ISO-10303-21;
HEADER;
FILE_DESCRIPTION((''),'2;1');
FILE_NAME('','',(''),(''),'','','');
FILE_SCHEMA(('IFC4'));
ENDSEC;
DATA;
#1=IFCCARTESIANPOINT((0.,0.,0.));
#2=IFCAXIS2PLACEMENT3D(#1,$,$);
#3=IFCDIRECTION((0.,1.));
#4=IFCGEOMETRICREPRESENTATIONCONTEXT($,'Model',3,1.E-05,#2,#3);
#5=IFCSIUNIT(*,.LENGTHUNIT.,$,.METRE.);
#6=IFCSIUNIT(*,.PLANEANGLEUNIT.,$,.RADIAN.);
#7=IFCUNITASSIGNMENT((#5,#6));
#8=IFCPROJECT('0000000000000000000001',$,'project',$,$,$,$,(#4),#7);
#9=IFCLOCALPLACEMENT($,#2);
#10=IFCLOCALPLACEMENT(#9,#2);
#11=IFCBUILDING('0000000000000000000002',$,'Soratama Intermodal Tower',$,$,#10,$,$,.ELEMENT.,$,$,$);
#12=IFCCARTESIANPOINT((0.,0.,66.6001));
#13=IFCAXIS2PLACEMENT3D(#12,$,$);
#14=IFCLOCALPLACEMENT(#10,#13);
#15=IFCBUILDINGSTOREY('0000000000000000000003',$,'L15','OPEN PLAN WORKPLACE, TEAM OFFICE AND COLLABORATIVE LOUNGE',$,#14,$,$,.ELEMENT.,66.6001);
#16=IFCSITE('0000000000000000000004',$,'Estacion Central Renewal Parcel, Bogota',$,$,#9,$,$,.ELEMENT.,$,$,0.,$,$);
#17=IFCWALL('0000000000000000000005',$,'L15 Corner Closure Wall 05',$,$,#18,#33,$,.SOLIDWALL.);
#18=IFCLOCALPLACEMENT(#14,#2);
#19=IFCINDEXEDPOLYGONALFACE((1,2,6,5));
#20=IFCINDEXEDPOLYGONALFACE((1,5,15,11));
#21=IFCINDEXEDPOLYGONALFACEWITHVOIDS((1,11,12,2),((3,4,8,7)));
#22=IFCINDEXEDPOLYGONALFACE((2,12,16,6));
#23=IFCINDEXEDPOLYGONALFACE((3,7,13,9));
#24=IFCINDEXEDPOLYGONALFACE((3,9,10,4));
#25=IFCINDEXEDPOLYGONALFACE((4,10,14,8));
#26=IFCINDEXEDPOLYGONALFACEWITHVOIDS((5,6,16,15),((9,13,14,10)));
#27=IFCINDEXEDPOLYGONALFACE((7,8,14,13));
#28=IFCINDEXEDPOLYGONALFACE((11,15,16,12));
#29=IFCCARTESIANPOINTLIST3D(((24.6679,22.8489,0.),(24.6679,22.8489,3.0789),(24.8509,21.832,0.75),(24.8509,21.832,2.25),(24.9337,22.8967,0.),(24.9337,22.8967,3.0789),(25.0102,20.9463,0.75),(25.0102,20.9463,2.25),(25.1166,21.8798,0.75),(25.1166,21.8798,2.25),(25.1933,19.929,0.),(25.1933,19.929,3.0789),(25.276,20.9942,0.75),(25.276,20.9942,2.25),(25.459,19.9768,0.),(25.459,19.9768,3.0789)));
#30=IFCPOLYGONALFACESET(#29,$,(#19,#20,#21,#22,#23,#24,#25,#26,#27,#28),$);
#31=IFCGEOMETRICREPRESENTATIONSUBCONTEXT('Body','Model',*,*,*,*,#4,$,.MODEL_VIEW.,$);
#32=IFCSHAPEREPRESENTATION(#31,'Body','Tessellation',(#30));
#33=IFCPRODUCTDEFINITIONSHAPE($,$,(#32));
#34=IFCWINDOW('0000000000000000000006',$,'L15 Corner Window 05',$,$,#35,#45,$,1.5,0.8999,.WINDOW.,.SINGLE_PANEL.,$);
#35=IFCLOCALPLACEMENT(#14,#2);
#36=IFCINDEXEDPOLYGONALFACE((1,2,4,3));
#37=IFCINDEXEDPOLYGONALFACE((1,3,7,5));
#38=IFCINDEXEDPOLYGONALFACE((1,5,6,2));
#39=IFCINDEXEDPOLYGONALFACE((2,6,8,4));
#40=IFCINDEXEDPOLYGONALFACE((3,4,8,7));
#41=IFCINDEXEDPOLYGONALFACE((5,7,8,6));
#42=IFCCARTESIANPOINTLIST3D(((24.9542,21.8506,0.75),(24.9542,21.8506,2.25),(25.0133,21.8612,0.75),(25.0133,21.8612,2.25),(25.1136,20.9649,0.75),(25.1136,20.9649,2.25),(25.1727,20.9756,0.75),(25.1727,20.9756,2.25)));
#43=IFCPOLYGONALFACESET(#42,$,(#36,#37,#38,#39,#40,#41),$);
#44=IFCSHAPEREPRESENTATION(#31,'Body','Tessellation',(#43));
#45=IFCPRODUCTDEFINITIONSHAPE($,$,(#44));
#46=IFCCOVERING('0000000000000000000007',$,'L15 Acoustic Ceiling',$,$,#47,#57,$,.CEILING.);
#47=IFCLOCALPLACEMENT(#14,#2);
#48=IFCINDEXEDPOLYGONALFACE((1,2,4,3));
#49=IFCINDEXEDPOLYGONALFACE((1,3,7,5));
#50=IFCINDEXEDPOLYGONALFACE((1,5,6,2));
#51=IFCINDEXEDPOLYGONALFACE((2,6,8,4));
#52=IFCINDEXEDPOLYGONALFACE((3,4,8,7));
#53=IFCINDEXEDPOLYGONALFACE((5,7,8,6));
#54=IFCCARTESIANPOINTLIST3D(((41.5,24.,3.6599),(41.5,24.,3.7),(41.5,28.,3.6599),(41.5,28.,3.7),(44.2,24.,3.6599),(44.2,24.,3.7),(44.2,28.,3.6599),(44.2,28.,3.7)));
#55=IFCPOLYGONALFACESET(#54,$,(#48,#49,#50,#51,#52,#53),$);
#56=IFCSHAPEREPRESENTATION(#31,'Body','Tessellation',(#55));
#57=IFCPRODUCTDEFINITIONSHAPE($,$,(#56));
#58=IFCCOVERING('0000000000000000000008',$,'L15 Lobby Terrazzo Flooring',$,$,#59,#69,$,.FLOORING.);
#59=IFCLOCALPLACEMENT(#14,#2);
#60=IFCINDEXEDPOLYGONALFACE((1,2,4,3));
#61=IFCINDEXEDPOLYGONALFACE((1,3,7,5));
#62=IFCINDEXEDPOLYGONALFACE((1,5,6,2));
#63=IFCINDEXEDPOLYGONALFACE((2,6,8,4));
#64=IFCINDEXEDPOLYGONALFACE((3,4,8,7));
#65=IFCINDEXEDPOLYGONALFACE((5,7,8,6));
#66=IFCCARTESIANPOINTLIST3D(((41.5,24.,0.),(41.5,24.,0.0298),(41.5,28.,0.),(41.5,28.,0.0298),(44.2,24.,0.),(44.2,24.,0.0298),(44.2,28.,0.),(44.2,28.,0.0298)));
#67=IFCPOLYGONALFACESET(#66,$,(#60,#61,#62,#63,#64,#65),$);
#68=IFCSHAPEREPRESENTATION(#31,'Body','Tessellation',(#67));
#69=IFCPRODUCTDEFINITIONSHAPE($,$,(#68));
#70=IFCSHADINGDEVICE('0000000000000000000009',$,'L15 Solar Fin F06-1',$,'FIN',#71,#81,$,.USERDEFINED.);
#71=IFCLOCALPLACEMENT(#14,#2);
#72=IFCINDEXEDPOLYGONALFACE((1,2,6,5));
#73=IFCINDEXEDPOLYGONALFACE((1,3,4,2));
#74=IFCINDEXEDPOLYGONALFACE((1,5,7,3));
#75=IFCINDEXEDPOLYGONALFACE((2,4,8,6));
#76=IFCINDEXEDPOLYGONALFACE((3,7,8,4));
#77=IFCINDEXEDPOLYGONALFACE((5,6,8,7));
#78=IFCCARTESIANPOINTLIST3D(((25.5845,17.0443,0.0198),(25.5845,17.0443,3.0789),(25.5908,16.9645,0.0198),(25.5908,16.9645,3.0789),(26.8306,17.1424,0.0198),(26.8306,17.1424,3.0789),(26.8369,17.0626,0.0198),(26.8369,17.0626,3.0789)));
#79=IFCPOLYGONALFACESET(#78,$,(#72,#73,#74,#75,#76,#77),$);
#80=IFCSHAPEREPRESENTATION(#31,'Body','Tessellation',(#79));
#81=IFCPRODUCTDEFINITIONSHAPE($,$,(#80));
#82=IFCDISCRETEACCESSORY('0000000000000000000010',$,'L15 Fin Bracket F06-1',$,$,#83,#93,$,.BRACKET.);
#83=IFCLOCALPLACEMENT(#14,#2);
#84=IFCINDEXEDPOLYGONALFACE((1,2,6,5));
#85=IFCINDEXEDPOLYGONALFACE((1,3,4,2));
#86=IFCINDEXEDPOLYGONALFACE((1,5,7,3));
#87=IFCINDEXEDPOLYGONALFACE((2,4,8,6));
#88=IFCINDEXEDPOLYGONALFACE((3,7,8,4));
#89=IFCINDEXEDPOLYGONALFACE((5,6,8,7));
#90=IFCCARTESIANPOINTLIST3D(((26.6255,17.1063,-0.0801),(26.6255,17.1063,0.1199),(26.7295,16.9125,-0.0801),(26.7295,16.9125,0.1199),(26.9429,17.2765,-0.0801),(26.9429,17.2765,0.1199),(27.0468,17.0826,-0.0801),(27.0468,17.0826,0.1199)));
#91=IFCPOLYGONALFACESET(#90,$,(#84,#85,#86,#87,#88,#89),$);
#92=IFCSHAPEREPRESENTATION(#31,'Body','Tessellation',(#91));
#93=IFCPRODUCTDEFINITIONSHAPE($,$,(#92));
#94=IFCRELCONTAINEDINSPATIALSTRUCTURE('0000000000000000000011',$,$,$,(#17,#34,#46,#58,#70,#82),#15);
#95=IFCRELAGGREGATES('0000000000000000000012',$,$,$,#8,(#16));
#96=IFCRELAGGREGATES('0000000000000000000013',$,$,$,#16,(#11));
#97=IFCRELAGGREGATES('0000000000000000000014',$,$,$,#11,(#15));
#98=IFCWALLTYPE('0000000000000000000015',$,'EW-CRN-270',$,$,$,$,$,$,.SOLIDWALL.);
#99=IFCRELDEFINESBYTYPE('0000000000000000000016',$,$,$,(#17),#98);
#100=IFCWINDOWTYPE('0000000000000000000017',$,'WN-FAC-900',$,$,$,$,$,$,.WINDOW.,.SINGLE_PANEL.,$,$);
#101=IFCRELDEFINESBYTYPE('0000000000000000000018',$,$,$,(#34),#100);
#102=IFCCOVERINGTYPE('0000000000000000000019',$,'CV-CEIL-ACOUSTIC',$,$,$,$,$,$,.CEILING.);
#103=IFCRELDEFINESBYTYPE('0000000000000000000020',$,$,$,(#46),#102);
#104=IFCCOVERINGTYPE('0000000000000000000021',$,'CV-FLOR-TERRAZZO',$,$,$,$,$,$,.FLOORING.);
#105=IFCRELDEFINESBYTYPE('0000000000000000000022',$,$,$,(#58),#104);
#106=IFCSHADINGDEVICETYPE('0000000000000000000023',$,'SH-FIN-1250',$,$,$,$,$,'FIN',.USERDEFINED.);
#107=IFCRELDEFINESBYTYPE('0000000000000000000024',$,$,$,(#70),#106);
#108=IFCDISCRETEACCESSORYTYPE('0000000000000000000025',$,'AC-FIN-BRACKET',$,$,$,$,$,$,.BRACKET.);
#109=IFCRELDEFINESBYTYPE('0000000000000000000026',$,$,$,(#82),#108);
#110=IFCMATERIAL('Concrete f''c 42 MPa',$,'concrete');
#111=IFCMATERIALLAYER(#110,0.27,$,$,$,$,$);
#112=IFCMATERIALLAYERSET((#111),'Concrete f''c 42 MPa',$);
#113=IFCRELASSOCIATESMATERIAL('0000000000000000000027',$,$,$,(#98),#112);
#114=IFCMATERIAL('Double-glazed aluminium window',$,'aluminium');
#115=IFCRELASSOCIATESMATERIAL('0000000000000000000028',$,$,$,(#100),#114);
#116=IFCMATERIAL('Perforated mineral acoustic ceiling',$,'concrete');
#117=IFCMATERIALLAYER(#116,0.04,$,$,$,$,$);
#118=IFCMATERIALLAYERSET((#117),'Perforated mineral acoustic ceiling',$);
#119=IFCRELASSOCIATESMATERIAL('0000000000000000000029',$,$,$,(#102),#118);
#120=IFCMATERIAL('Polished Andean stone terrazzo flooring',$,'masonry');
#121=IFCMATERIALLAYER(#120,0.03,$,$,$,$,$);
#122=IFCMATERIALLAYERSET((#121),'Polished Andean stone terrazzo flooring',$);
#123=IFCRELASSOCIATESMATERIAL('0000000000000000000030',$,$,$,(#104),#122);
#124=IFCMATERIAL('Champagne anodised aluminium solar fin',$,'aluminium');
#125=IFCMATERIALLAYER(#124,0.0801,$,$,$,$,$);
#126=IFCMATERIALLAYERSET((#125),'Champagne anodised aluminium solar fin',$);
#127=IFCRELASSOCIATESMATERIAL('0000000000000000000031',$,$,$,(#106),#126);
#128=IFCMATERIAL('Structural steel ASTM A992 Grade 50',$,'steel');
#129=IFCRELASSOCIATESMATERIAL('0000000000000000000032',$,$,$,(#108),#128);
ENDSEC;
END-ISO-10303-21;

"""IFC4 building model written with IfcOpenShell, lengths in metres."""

from ifc_helpers import new_model, si_unit, direction, frame, frame_2d, origin, origin_2d, place, context, subcontext, project, spatial, polyline, rectangle, outline, extrude, material, layer, layer_set, type_object, element, fill, save


model = new_model("IFC4")

# Units and contexts
model_context = context("Model", 3, precision=1e-05, world=origin(), true_north=direction((0.0, 1.0)))
body_context = subcontext(model_context, "Body", "Model", "MODEL_VIEW")
ifc_project = project(units=[si_unit("LENGTHUNIT", "METRE"), si_unit("PLANEANGLEUNIT", "RADIAN")], contexts=[model_context])

# Site, building, storey
site_placement = place(None, origin())
site = spatial("IfcSite", under=ifc_project, at=site_placement, Name="Estacion Central Renewal Parcel, Bogota", CompositionType="ELEMENT", RefElevation=0.0)
building_placement = place(site_placement, origin())
building = spatial("IfcBuilding", under=site, at=building_placement, Name="Soratama Intermodal Tower", CompositionType="ELEMENT")
storey_placement = place(building_placement, frame((0.0, 0.0, 66.6001)))
storey = spatial("IfcBuildingStorey", under=building, at=storey_placement, Name="L15", Description="OPEN PLAN WORKPLACE, TEAM OFFICE AND COLLABORATIVE LOUNGE", CompositionType="ELEMENT", Elevation=66.6001)

# Wall, opening, window
ifc_material_1 = material(Name="Concrete f'c 42 MPa", Category="concrete")
ifc_layer_1 = layer(ifc_material_1, 0.27)
ifc_layer_set_1 = layer_set([ifc_layer_1], Name="Concrete f'c 42 MPa")
wall_type = type_object("IfcWallType", Name="EW-CRN-270", PredefinedType="SOLIDWALL", material=ifc_layer_set_1)
wall_placement = place(storey_placement, frame((24.8008, 22.8728, 0.0), z_axis=(0.0, 0.0, 1.0), x_axis=(0.177089, -0.984195, 0.0)))
wall = element("IfcWall", 1, at=wall_placement, inside=storey, type_object=wall_type, Name="L15 Corner Closure Wall 05", PredefinedType="SOLIDWALL", context=body_context, shape_type="SweptSolid", body=[
    extrude(rectangle(XDim=2.9668, YDim=0.27, at=frame_2d((1.4834, 0.0))), origin(), (0.0, 0.0, 1.0), 3.0789),
])
opening_placement = place(wall_placement, frame((1.0332, 0.0, 0.75)))
opening = element("IfcOpeningElement", 2, at=opening_placement, cuts=wall, PredefinedType="OPENING", context=body_context, shape_type="SweptSolid", body=[
    extrude(rectangle(XDim=0.8999, YDim=1.5, at=frame_2d((0.45, 0.75))), frame((0.0, 0.145, 0.0), z_axis=(0.0, -1.0, 0.0), x_axis=(1.0, 0.0, 0.0)), (0.0, 0.0, 1.0), 0.29),
])
ifc_material_2 = material(Name="Double-glazed aluminium window", Category="aluminium")
window_type = type_object("IfcWindowType", Name="WN-FAC-900", PartitioningType="SINGLE_PANEL", PredefinedType="WINDOW", material=ifc_material_2)
window_placement = place(opening_placement, origin())
window = element("IfcWindow", 3, at=window_placement, inside=storey, type_object=window_type, Name="L15 Corner Window 05", OverallHeight=1.5, OverallWidth=0.8999, PartitioningType="SINGLE_PANEL", PredefinedType="WINDOW", context=body_context, shape_type="SweptSolid", body=[
    extrude(rectangle(XDim=0.8999, YDim=1.5, at=frame_2d((0.45, 0.75))), frame((0.0, 0.03, 0.0), z_axis=(0.0, -1.0, 0.0), x_axis=(1.0, 0.0, 0.0)), (0.0, 0.0, 1.0), 0.0601),
])
fill(opening, window)

# Coverings
ifc_material_3 = material(Name="Perforated mineral acoustic ceiling", Category="concrete")
ifc_layer_2 = layer(ifc_material_3, 0.04)
ifc_layer_set_2 = layer_set([ifc_layer_2], Name="Perforated mineral acoustic ceiling")
covering_type_1 = type_object("IfcCoveringType", Name="CV-CEIL-ACOUSTIC", PredefinedType="CEILING", material=ifc_layer_set_2)
covering_1_placement = place(storey_placement, frame((0.0, 0.0, 3.6599)))
element("IfcCovering", 4, at=covering_1_placement, inside=storey, type_object=covering_type_1, Name="L15 Acoustic Ceiling", PredefinedType="CEILING", context=body_context, shape_type="SweptSolid", body=[
    extrude(outline(polyline([(41.5, 24.0), (44.2, 24.0), (44.2, 28.0), (41.5, 28.0), (41.5, 24.0)])), origin(), (0.0, 0.0, 1.0), 0.04),
])
ifc_material_4 = material(Name="Polished Andean stone terrazzo flooring", Category="masonry")
ifc_layer_3 = layer(ifc_material_4, 0.03)
ifc_layer_set_3 = layer_set([ifc_layer_3], Name="Polished Andean stone terrazzo flooring")
covering_type_2 = type_object("IfcCoveringType", Name="CV-FLOR-TERRAZZO", PredefinedType="FLOORING", material=ifc_layer_set_3)
covering_2_placement = place(storey_placement, origin())
element("IfcCovering", 5, at=covering_2_placement, inside=storey, type_object=covering_type_2, Name="L15 Lobby Terrazzo Flooring", PredefinedType="FLOORING", context=body_context, shape_type="SweptSolid", body=[
    extrude(outline(polyline([(41.5, 24.0), (44.2, 24.0), (44.2, 28.0), (41.5, 28.0), (41.5, 24.0)])), origin(), (0.0, 0.0, 1.0), 0.0298),
])

# Shading device
ifc_material_5 = material(Name="Champagne anodised aluminium solar fin", Category="aluminium")
ifc_layer_4 = layer(ifc_material_5, 0.0801)
ifc_layer_set_4 = layer_set([ifc_layer_4], Name="Champagne anodised aluminium solar fin")
shading_device_type = type_object("IfcShadingDeviceType", Name="SH-FIN-1250", ElementType="FIN", PredefinedType="USERDEFINED", material=ifc_layer_set_4)
shading_device_placement = place(storey_placement, frame((26.2107, 17.0535, 0.0198), z_axis=(0.0, 0.0, 1.0), x_axis=(-0.996917, -0.078459, 0.0)))
element("IfcShadingDevice", 6, at=shading_device_placement, inside=storey, type_object=shading_device_type, Name="L15 Solar Fin F06-1", ObjectType="FIN", PredefinedType="USERDEFINED", context=body_context, shape_type="SweptSolid", body=[
    extrude(rectangle(XDim=1.25, YDim=0.0801, at=origin_2d()), origin(), (0.0, 0.0, 1.0), 3.0591),
])

# Discrete accessory
ifc_material_6 = material(Name="Structural steel ASTM A992 Grade 50", Category="steel")
discrete_accessory_type = type_object("IfcDiscreteAccessoryType", Name="AC-FIN-BRACKET", PredefinedType="BRACKET", material=ifc_material_6)
discrete_accessory_placement = place(storey_placement, frame((26.8362, 17.0945, -0.0801), z_axis=(0.0, 0.0, 1.0), x_axis=(-0.881303, -0.472551, 0.0)))
element("IfcDiscreteAccessory", 7, at=discrete_accessory_placement, inside=storey, type_object=discrete_accessory_type, Name="L15 Fin Bracket F06-1", PredefinedType="BRACKET", context=body_context, shape_type="SweptSolid", body=[
    extrude(rectangle(XDim=0.3601, YDim=0.22, at=origin_2d()), origin(), (0.0, 0.0, 1.0), 0.2),
])

save(model, "model.ifc")
